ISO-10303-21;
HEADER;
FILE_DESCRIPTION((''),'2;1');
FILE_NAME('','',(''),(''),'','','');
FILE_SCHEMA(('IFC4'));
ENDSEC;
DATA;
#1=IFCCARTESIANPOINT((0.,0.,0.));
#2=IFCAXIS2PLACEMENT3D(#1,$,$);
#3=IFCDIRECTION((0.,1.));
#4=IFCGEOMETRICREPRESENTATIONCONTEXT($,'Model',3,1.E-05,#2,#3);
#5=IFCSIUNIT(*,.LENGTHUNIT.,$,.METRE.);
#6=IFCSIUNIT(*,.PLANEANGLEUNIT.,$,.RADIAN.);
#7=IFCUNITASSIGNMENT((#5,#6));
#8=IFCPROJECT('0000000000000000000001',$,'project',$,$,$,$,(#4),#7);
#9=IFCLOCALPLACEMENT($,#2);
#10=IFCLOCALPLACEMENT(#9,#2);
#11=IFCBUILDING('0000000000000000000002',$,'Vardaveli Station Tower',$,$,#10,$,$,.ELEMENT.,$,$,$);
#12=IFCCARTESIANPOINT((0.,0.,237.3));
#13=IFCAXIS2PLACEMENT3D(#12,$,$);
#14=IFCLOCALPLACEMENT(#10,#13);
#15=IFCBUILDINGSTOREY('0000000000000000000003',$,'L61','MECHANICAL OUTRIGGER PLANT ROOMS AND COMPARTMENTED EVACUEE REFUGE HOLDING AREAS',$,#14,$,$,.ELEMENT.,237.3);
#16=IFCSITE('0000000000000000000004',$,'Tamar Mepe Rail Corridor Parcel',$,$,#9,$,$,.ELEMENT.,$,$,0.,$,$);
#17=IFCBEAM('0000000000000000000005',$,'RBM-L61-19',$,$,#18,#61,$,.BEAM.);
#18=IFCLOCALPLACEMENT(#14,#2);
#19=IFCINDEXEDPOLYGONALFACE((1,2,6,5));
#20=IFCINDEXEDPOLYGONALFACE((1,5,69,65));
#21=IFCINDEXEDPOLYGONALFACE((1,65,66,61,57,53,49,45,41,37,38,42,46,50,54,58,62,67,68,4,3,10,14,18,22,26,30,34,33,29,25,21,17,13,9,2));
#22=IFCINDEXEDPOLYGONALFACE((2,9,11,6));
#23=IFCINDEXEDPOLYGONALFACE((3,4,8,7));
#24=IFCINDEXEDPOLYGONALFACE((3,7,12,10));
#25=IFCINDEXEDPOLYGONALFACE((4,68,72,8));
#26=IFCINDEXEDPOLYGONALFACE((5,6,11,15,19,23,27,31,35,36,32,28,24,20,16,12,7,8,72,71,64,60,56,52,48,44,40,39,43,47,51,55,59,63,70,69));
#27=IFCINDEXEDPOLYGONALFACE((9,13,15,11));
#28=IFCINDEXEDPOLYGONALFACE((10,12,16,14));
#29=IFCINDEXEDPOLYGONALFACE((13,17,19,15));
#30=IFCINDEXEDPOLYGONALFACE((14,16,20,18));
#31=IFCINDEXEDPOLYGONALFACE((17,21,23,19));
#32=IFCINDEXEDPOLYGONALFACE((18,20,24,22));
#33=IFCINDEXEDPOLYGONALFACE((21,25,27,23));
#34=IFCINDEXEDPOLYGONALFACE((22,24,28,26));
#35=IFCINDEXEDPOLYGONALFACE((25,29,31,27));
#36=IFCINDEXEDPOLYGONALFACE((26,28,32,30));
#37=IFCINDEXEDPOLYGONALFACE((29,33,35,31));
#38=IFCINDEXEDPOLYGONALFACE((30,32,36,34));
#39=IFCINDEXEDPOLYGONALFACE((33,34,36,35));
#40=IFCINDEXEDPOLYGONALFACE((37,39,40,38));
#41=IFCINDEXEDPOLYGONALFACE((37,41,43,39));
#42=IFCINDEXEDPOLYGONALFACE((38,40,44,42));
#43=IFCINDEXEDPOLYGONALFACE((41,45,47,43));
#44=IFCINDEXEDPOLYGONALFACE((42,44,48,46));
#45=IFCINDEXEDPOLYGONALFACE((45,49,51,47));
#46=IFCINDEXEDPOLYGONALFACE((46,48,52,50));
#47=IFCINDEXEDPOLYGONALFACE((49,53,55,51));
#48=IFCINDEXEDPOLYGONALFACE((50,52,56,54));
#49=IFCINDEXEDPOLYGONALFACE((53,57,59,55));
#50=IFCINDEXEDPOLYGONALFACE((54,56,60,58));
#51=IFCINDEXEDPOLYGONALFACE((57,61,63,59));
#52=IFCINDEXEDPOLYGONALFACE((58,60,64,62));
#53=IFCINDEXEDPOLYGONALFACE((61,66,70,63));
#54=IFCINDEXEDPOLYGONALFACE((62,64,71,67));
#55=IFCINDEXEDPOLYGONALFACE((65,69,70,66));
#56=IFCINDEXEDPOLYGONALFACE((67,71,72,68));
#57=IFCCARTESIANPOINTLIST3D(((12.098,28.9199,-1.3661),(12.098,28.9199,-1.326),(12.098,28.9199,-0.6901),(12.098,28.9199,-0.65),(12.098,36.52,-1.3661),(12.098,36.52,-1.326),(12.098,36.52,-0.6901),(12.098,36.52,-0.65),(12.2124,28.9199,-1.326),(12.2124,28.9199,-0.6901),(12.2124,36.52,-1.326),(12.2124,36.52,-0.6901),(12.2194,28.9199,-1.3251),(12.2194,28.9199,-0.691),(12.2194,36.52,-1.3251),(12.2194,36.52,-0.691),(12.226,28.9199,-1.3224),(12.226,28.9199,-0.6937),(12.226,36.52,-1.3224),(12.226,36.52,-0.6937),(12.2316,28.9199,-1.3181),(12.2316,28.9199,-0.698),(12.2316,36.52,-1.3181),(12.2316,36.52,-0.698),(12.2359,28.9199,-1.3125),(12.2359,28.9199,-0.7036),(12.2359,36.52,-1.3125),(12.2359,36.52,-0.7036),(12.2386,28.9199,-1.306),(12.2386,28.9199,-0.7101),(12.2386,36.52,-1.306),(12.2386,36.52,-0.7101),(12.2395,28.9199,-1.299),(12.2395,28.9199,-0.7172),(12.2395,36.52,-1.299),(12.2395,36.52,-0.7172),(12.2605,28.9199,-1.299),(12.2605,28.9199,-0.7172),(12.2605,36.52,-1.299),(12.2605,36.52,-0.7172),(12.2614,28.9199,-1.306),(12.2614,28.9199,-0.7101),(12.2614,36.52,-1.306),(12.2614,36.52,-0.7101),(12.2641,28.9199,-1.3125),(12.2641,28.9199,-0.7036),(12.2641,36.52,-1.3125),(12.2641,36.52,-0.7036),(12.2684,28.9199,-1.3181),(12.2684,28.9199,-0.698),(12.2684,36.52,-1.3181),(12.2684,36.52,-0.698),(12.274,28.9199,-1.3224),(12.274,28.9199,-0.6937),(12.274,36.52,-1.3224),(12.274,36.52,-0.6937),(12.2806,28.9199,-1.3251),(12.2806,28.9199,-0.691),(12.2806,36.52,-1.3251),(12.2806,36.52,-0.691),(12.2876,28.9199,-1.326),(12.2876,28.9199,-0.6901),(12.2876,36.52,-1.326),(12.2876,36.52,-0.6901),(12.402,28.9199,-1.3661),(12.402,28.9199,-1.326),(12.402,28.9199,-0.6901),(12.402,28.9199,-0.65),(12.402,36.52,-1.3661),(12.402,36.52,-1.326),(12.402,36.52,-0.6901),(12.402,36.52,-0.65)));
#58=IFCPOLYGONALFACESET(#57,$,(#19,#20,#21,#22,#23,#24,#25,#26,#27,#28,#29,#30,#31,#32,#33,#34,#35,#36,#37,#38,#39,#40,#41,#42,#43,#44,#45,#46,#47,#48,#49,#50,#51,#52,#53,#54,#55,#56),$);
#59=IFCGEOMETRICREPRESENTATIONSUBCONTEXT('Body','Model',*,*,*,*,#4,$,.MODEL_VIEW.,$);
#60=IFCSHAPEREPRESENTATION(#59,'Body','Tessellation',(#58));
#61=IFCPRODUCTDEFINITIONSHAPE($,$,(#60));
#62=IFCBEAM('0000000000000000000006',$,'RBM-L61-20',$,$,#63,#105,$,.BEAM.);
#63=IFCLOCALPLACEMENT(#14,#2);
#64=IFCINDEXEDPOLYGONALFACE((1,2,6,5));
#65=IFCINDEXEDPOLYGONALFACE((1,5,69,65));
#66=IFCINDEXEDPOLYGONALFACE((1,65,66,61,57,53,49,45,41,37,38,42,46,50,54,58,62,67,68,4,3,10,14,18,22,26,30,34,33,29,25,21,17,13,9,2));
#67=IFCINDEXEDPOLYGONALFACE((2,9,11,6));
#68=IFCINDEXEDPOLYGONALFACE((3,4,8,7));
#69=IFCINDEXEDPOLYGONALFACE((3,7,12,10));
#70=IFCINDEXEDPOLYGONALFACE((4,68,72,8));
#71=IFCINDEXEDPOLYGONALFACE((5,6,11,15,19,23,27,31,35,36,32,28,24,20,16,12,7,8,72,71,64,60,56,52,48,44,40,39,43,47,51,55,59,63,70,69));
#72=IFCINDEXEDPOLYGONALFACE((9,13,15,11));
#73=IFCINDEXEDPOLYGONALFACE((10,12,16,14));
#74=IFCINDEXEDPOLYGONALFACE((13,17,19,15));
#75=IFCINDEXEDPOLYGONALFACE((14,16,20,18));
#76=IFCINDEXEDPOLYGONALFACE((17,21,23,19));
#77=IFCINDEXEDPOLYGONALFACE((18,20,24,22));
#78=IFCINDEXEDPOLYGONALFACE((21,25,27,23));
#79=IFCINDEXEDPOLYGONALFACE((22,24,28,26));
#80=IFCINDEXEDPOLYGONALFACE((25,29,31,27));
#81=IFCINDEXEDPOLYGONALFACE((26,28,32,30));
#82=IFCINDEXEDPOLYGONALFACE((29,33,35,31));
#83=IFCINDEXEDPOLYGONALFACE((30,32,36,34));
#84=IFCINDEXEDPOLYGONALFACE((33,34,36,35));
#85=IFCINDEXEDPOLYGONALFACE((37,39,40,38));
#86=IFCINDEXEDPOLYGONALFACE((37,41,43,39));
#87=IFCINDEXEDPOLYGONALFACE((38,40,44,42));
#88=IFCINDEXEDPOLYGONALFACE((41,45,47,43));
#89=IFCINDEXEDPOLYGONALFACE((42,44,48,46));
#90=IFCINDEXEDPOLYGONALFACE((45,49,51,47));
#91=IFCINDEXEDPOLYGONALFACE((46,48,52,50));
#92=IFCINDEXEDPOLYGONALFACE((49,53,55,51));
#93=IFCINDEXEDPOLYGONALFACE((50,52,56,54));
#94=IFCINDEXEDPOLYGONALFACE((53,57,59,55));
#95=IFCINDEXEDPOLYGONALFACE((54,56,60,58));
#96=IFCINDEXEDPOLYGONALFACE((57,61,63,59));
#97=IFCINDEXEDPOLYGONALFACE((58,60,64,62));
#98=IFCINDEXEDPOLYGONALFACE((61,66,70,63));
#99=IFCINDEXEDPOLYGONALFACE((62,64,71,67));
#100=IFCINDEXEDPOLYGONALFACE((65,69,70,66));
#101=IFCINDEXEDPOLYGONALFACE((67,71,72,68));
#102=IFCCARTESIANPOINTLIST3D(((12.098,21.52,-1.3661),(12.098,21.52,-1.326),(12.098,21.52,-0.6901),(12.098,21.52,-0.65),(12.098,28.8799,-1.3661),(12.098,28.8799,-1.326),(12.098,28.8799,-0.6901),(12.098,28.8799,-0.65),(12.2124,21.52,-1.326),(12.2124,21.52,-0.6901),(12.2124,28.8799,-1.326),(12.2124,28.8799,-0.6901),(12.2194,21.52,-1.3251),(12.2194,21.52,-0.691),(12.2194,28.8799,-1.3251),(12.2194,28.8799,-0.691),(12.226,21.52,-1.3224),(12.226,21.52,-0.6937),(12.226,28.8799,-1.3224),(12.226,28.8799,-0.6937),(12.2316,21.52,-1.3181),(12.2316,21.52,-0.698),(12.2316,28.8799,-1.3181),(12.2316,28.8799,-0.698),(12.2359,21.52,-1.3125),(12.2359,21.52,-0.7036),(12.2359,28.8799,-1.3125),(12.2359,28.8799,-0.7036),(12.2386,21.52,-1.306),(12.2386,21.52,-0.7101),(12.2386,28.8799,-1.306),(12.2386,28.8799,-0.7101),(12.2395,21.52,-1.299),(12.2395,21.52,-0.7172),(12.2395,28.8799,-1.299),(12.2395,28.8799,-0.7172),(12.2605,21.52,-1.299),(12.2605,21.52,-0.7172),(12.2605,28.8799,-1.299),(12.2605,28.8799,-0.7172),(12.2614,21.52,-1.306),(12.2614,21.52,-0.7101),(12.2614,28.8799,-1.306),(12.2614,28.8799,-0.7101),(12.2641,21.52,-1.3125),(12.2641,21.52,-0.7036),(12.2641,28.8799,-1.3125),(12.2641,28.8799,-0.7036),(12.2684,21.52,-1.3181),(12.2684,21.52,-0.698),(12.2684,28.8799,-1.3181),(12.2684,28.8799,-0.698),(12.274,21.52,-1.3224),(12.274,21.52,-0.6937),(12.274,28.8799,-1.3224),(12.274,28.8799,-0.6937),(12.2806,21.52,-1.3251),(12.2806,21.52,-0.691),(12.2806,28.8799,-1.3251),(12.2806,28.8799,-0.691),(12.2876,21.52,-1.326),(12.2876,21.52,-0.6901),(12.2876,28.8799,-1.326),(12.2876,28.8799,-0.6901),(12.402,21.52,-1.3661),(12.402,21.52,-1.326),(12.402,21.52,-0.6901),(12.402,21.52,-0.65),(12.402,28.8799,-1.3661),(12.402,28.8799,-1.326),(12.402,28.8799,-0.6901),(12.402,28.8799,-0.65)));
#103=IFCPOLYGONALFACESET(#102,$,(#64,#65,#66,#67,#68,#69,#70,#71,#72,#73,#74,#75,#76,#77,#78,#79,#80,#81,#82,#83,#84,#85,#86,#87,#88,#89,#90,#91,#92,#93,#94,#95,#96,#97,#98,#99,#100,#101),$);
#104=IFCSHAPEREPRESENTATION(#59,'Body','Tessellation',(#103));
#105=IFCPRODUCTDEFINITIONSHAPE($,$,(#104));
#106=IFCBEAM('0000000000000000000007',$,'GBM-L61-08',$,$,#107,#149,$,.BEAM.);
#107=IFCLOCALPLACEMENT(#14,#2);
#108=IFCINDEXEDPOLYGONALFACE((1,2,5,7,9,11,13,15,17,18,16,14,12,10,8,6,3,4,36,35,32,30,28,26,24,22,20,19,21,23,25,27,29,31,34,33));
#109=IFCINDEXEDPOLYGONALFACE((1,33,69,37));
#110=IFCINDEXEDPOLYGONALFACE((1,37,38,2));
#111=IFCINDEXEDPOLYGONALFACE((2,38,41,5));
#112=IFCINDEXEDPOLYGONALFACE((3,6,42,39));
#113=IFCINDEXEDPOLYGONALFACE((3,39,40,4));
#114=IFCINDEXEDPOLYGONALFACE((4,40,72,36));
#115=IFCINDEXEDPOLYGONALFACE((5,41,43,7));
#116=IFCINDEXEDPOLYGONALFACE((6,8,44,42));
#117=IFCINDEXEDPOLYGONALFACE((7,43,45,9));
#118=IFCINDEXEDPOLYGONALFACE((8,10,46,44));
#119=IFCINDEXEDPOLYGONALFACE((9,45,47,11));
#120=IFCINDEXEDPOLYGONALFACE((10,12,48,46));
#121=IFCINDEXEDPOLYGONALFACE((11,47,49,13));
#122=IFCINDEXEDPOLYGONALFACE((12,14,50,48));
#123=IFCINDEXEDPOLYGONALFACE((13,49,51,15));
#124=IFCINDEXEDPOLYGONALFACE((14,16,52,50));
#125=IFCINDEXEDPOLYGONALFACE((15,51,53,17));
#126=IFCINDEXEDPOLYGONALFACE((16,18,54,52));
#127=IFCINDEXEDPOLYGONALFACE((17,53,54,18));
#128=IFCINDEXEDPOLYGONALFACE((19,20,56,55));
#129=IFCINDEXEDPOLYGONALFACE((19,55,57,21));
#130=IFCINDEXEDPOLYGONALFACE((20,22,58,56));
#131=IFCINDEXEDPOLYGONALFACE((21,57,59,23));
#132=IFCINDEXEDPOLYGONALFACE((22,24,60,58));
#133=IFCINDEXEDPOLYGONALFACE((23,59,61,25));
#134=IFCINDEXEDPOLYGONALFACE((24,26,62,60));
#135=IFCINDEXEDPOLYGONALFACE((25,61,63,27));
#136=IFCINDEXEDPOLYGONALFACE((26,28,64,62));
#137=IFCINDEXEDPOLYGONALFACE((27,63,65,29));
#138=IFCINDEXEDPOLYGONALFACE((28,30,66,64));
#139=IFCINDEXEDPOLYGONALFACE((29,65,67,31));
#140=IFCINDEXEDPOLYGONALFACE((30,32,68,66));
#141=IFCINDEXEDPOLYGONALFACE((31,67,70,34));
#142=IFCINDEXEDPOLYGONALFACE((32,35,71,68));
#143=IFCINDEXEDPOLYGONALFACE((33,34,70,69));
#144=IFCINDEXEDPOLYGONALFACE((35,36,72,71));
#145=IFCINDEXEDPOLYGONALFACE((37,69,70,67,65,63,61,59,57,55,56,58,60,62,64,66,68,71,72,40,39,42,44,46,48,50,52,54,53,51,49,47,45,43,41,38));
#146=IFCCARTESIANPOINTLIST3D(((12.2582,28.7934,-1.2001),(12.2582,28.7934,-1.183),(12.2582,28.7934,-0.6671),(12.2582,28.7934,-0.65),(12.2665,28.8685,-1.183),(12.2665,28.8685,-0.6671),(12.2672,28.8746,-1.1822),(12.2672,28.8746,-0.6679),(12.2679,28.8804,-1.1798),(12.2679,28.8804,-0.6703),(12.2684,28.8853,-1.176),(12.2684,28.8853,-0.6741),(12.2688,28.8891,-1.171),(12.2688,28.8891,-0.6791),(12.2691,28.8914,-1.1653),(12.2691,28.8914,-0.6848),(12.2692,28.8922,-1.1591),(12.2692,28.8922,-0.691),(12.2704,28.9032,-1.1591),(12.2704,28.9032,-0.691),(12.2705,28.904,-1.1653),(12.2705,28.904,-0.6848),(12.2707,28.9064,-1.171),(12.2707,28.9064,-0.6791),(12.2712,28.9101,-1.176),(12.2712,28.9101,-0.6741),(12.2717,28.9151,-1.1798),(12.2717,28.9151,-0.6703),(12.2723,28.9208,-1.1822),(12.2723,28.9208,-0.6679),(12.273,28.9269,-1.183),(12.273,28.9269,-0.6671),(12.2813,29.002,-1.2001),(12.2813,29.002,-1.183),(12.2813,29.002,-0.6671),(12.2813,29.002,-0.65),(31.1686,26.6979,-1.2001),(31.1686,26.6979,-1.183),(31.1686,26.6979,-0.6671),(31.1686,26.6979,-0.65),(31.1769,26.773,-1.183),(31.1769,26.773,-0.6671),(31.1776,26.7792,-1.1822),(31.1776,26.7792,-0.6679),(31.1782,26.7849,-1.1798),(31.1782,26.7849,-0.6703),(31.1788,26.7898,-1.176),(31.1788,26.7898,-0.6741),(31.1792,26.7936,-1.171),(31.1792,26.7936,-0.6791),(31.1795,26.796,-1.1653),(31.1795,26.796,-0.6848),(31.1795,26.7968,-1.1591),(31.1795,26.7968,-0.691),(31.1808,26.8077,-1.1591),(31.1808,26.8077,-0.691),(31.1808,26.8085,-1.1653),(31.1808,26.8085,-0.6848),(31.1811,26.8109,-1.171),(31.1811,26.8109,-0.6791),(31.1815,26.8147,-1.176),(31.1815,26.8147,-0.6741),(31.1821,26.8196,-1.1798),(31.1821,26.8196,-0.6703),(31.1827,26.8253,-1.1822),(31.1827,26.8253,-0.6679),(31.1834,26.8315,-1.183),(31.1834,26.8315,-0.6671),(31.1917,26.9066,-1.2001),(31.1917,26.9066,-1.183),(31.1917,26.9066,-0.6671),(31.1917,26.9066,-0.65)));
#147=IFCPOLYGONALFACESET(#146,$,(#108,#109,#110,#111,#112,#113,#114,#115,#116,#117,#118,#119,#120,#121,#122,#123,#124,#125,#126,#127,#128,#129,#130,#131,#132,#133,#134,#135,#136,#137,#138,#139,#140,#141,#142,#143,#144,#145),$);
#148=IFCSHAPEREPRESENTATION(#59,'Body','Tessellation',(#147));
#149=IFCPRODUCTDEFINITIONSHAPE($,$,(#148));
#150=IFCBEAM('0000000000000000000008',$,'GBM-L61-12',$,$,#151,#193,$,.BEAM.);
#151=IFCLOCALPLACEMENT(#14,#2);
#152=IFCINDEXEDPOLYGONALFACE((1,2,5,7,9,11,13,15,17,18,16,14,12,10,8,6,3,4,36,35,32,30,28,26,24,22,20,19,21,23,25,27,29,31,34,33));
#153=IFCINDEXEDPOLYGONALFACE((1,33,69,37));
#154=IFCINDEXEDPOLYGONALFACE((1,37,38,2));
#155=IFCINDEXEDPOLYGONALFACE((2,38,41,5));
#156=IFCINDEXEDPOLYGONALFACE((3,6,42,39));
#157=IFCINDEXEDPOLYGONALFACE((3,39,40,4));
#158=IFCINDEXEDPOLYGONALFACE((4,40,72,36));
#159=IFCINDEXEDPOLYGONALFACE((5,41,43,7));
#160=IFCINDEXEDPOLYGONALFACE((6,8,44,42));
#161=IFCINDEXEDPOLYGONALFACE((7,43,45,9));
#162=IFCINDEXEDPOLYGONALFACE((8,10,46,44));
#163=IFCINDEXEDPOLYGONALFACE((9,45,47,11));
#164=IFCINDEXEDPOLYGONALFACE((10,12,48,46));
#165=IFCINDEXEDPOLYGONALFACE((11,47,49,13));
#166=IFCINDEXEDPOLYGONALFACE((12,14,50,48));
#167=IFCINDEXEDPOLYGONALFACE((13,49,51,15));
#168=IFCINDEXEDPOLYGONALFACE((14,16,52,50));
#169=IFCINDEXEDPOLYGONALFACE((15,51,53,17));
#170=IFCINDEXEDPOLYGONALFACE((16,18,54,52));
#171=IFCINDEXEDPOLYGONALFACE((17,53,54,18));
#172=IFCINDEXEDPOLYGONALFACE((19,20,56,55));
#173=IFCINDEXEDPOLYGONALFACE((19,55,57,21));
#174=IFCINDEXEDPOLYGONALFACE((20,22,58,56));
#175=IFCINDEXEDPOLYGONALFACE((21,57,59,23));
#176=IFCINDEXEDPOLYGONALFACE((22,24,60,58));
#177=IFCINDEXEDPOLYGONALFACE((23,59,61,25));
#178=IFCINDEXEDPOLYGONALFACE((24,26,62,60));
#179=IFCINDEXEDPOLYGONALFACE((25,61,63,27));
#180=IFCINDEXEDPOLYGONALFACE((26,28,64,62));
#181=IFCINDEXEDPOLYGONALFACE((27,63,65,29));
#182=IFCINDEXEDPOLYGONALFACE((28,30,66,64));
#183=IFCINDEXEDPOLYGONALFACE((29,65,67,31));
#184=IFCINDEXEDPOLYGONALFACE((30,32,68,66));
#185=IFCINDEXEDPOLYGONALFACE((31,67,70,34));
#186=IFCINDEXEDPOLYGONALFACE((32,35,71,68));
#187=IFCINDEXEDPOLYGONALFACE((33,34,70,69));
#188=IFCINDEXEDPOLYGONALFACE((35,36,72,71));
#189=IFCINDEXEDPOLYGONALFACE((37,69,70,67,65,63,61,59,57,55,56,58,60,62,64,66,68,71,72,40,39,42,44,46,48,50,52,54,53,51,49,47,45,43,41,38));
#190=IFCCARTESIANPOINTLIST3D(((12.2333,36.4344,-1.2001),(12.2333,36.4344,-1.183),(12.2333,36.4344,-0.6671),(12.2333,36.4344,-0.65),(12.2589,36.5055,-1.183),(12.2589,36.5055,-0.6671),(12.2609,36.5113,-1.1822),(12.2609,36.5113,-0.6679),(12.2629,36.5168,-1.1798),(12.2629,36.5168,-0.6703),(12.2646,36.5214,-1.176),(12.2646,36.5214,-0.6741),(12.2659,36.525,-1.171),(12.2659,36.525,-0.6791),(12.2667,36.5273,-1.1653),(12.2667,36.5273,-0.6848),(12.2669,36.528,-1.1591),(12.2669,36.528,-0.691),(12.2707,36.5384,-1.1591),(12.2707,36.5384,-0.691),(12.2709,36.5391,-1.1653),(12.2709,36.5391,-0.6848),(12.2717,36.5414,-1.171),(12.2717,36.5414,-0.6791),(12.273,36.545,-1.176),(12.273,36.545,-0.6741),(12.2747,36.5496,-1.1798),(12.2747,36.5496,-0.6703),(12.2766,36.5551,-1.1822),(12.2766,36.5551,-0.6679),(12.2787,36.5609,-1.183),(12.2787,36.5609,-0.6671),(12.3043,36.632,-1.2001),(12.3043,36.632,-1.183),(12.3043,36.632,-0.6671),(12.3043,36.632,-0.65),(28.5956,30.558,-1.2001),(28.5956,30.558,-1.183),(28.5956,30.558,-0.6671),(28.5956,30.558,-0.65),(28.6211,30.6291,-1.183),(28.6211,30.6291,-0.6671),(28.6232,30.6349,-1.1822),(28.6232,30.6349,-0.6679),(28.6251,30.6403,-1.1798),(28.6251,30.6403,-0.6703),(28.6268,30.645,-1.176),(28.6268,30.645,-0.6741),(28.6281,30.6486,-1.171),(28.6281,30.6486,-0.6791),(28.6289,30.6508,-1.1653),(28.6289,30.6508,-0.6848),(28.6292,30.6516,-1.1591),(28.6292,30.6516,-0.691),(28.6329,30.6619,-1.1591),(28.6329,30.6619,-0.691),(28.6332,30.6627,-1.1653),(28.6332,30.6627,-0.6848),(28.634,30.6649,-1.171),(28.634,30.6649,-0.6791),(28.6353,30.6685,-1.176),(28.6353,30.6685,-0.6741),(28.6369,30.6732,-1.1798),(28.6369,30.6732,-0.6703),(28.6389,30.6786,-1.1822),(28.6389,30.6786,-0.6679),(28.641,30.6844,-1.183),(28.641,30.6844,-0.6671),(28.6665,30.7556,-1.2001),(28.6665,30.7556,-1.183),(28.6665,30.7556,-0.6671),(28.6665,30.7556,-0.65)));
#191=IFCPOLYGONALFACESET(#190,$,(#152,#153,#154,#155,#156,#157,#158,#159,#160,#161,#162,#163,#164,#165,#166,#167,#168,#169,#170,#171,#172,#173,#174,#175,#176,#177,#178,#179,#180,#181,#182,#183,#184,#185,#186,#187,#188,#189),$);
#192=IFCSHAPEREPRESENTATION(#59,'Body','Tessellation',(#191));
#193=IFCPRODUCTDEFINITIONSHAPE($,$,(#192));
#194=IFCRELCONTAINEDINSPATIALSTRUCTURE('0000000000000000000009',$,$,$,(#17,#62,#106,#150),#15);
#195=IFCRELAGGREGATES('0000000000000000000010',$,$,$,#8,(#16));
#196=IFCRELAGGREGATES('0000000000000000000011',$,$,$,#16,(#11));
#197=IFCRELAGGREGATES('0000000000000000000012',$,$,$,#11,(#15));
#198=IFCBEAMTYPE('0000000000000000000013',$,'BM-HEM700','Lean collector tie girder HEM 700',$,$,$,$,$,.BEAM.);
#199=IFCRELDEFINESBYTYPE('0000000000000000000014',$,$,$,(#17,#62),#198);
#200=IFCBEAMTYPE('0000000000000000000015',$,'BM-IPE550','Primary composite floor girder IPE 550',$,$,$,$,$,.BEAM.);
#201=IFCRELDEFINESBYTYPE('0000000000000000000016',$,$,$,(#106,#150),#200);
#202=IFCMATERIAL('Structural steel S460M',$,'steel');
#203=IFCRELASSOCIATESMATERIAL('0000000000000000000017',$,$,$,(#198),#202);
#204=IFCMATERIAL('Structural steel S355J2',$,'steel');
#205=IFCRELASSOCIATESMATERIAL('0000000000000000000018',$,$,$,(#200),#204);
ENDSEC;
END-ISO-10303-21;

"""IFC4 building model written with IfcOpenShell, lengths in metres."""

from ifc_helpers import new_model, si_unit, direction, frame, origin, origin_2d, place, context, subcontext, project, spatial, i_section, extrude, source, transform, mapped, material, material_profile, profile_set, type_object, element, save


model = new_model("IFC4")

# Units and contexts
model_context = context("Model", 3, precision=1e-05, world=origin(), true_north=direction((0.0, 1.0)))
body_context = subcontext(model_context, "Body", "Model", "MODEL_VIEW")
ifc_project = project(units=[si_unit("LENGTHUNIT", "METRE"), si_unit("PLANEANGLEUNIT", "RADIAN")], contexts=[model_context])

# Site, building, storey
site_placement = place(None, origin())
site = spatial("IfcSite", under=ifc_project, at=site_placement, Name="Tamar Mepe Rail Corridor Parcel", CompositionType="ELEMENT", RefElevation=0.0)
building_placement = place(site_placement, origin())
building = spatial("IfcBuilding", under=site, at=building_placement, Name="Vardaveli Station Tower", CompositionType="ELEMENT")
storey_placement = place(building_placement, frame((0.0, 0.0, 237.3)))
storey = spatial("IfcBuildingStorey", under=building, at=storey_placement, Name="L61", Description="MECHANICAL OUTRIGGER PLANT ROOMS AND COMPARTMENTED EVACUEE REFUGE HOLDING AREAS", CompositionType="ELEMENT", Elevation=237.3)

# Shared definitions
ifc_material_1 = material(Name="Structural steel S460M", Category="steel")

# Beams
ifc_material_2 = material(Name="Structural steel S355J2", Category="steel")
ifc_material_profile_1 = material_profile(ifc_material_1, i_section(OverallWidth=0.304, OverallDepth=0.7161, WebThickness=0.021, FlangeThickness=0.04, FilletRadius=0.0271, at=origin_2d()), Name="HEM 700")
ifc_profile_set_1 = profile_set([ifc_material_profile_1], Name="Structural steel S460M")
beam_type_1 = type_object("IfcBeamType", Name="BM-HEM700", Description="Lean collector tie girder HEM 700", PredefinedType="BEAM", material=ifc_profile_set_1)
shared_shape_1 = source(origin(), body_context, "Body", "SweptSolid", [
    extrude(i_section(OverallWidth=0.304, OverallDepth=0.7161, WebThickness=0.021, FlangeThickness=0.04, FilletRadius=0.0271, at=origin_2d()), origin(), (0.0, 0.0, 1.0), 7.6001),
])
beam_1_placement = place(storey_placement, frame((12.25, 36.52, -1.0081), z_axis=(0.0, -1.0, 0.0), x_axis=(1.0, 0.0, 0.0)))
element("IfcBeam", 1, at=beam_1_placement, inside=storey, type_object=beam_type_1, Name="RBM-L61-19", PredefinedType="BEAM", context=body_context, shape_type="MappedRepresentation", body=[
    mapped(shared_shape_1, transform((0.0, 0.0, 0.0), scale=1.0)),
])
shared_shape_2 = source(origin(), body_context, "Body", "SweptSolid", [
    extrude(i_section(OverallWidth=0.304, OverallDepth=0.7161, WebThickness=0.021, FlangeThickness=0.04, FilletRadius=0.0271, at=origin_2d()), origin(), (0.0, 0.0, 1.0), 7.3599),
])
beam_2_placement = place(storey_placement, frame((12.25, 28.8799, -1.0081), z_axis=(0.0, -1.0, 0.0), x_axis=(1.0, 0.0, 0.0)))
element("IfcBeam", 2, at=beam_2_placement, inside=storey, type_object=beam_type_1, Name="RBM-L61-20", PredefinedType="BEAM", context=body_context, shape_type="MappedRepresentation", body=[
    mapped(shared_shape_2, transform((0.0, 0.0, 0.0), scale=1.0)),
])
ifc_material_profile_2 = material_profile(ifc_material_2, i_section(OverallWidth=0.21, OverallDepth=0.55, WebThickness=0.011, FlangeThickness=0.0171, FilletRadius=0.0239, at=origin_2d()), Name="IPE 550")
ifc_profile_set_2 = profile_set([ifc_material_profile_2], Name="Structural steel S355J2")
beam_type_2 = type_object("IfcBeamType", Name="BM-IPE550", Description="Primary composite floor girder IPE 550", PredefinedType="BEAM", material=ifc_profile_set_2)
shared_shape_3 = source(origin(), body_context, "Body", "SweptSolid", [
    extrude(i_section(OverallWidth=0.21, OverallDepth=0.55, WebThickness=0.011, FlangeThickness=0.0171, FilletRadius=0.0239, at=origin_2d()), origin(), (0.0, 0.0, 1.0), 19.0261),
])
beam_3_placement = place(storey_placement, frame((12.2698, 28.8977, -0.925), z_axis=(0.993917, -0.110136, 0.0), x_axis=(0.110136, 0.993917, 0.0)))
element("IfcBeam", 3, at=beam_3_placement, inside=storey, type_object=beam_type_2, Name="GBM-L61-08", PredefinedType="BEAM", context=body_context, shape_type="MappedRepresentation", body=[
    mapped(shared_shape_3, transform((0.0, 0.0, 0.0), scale=1.0)),
])
shared_shape_4 = source(origin(), body_context, "Body", "SweptSolid", [
    extrude(i_section(OverallWidth=0.21, OverallDepth=0.55, WebThickness=0.011, FlangeThickness=0.0171, FilletRadius=0.0239, at=origin_2d()), origin(), (0.0, 0.0, 1.0), 17.3855),
])
beam_4_placement = place(storey_placement, frame((12.2688, 36.5332, -0.925), z_axis=(0.941143, -0.338008, 0.0), x_axis=(0.338008, 0.941143, 0.0)))
element("IfcBeam", 4, at=beam_4_placement, inside=storey, type_object=beam_type_2, Name="GBM-L61-12", PredefinedType="BEAM", context=body_context, shape_type="MappedRepresentation", body=[
    mapped(shared_shape_4, transform((0.0, 0.0, 0.0), scale=1.0)),
])

save(model, "model.ifc")
